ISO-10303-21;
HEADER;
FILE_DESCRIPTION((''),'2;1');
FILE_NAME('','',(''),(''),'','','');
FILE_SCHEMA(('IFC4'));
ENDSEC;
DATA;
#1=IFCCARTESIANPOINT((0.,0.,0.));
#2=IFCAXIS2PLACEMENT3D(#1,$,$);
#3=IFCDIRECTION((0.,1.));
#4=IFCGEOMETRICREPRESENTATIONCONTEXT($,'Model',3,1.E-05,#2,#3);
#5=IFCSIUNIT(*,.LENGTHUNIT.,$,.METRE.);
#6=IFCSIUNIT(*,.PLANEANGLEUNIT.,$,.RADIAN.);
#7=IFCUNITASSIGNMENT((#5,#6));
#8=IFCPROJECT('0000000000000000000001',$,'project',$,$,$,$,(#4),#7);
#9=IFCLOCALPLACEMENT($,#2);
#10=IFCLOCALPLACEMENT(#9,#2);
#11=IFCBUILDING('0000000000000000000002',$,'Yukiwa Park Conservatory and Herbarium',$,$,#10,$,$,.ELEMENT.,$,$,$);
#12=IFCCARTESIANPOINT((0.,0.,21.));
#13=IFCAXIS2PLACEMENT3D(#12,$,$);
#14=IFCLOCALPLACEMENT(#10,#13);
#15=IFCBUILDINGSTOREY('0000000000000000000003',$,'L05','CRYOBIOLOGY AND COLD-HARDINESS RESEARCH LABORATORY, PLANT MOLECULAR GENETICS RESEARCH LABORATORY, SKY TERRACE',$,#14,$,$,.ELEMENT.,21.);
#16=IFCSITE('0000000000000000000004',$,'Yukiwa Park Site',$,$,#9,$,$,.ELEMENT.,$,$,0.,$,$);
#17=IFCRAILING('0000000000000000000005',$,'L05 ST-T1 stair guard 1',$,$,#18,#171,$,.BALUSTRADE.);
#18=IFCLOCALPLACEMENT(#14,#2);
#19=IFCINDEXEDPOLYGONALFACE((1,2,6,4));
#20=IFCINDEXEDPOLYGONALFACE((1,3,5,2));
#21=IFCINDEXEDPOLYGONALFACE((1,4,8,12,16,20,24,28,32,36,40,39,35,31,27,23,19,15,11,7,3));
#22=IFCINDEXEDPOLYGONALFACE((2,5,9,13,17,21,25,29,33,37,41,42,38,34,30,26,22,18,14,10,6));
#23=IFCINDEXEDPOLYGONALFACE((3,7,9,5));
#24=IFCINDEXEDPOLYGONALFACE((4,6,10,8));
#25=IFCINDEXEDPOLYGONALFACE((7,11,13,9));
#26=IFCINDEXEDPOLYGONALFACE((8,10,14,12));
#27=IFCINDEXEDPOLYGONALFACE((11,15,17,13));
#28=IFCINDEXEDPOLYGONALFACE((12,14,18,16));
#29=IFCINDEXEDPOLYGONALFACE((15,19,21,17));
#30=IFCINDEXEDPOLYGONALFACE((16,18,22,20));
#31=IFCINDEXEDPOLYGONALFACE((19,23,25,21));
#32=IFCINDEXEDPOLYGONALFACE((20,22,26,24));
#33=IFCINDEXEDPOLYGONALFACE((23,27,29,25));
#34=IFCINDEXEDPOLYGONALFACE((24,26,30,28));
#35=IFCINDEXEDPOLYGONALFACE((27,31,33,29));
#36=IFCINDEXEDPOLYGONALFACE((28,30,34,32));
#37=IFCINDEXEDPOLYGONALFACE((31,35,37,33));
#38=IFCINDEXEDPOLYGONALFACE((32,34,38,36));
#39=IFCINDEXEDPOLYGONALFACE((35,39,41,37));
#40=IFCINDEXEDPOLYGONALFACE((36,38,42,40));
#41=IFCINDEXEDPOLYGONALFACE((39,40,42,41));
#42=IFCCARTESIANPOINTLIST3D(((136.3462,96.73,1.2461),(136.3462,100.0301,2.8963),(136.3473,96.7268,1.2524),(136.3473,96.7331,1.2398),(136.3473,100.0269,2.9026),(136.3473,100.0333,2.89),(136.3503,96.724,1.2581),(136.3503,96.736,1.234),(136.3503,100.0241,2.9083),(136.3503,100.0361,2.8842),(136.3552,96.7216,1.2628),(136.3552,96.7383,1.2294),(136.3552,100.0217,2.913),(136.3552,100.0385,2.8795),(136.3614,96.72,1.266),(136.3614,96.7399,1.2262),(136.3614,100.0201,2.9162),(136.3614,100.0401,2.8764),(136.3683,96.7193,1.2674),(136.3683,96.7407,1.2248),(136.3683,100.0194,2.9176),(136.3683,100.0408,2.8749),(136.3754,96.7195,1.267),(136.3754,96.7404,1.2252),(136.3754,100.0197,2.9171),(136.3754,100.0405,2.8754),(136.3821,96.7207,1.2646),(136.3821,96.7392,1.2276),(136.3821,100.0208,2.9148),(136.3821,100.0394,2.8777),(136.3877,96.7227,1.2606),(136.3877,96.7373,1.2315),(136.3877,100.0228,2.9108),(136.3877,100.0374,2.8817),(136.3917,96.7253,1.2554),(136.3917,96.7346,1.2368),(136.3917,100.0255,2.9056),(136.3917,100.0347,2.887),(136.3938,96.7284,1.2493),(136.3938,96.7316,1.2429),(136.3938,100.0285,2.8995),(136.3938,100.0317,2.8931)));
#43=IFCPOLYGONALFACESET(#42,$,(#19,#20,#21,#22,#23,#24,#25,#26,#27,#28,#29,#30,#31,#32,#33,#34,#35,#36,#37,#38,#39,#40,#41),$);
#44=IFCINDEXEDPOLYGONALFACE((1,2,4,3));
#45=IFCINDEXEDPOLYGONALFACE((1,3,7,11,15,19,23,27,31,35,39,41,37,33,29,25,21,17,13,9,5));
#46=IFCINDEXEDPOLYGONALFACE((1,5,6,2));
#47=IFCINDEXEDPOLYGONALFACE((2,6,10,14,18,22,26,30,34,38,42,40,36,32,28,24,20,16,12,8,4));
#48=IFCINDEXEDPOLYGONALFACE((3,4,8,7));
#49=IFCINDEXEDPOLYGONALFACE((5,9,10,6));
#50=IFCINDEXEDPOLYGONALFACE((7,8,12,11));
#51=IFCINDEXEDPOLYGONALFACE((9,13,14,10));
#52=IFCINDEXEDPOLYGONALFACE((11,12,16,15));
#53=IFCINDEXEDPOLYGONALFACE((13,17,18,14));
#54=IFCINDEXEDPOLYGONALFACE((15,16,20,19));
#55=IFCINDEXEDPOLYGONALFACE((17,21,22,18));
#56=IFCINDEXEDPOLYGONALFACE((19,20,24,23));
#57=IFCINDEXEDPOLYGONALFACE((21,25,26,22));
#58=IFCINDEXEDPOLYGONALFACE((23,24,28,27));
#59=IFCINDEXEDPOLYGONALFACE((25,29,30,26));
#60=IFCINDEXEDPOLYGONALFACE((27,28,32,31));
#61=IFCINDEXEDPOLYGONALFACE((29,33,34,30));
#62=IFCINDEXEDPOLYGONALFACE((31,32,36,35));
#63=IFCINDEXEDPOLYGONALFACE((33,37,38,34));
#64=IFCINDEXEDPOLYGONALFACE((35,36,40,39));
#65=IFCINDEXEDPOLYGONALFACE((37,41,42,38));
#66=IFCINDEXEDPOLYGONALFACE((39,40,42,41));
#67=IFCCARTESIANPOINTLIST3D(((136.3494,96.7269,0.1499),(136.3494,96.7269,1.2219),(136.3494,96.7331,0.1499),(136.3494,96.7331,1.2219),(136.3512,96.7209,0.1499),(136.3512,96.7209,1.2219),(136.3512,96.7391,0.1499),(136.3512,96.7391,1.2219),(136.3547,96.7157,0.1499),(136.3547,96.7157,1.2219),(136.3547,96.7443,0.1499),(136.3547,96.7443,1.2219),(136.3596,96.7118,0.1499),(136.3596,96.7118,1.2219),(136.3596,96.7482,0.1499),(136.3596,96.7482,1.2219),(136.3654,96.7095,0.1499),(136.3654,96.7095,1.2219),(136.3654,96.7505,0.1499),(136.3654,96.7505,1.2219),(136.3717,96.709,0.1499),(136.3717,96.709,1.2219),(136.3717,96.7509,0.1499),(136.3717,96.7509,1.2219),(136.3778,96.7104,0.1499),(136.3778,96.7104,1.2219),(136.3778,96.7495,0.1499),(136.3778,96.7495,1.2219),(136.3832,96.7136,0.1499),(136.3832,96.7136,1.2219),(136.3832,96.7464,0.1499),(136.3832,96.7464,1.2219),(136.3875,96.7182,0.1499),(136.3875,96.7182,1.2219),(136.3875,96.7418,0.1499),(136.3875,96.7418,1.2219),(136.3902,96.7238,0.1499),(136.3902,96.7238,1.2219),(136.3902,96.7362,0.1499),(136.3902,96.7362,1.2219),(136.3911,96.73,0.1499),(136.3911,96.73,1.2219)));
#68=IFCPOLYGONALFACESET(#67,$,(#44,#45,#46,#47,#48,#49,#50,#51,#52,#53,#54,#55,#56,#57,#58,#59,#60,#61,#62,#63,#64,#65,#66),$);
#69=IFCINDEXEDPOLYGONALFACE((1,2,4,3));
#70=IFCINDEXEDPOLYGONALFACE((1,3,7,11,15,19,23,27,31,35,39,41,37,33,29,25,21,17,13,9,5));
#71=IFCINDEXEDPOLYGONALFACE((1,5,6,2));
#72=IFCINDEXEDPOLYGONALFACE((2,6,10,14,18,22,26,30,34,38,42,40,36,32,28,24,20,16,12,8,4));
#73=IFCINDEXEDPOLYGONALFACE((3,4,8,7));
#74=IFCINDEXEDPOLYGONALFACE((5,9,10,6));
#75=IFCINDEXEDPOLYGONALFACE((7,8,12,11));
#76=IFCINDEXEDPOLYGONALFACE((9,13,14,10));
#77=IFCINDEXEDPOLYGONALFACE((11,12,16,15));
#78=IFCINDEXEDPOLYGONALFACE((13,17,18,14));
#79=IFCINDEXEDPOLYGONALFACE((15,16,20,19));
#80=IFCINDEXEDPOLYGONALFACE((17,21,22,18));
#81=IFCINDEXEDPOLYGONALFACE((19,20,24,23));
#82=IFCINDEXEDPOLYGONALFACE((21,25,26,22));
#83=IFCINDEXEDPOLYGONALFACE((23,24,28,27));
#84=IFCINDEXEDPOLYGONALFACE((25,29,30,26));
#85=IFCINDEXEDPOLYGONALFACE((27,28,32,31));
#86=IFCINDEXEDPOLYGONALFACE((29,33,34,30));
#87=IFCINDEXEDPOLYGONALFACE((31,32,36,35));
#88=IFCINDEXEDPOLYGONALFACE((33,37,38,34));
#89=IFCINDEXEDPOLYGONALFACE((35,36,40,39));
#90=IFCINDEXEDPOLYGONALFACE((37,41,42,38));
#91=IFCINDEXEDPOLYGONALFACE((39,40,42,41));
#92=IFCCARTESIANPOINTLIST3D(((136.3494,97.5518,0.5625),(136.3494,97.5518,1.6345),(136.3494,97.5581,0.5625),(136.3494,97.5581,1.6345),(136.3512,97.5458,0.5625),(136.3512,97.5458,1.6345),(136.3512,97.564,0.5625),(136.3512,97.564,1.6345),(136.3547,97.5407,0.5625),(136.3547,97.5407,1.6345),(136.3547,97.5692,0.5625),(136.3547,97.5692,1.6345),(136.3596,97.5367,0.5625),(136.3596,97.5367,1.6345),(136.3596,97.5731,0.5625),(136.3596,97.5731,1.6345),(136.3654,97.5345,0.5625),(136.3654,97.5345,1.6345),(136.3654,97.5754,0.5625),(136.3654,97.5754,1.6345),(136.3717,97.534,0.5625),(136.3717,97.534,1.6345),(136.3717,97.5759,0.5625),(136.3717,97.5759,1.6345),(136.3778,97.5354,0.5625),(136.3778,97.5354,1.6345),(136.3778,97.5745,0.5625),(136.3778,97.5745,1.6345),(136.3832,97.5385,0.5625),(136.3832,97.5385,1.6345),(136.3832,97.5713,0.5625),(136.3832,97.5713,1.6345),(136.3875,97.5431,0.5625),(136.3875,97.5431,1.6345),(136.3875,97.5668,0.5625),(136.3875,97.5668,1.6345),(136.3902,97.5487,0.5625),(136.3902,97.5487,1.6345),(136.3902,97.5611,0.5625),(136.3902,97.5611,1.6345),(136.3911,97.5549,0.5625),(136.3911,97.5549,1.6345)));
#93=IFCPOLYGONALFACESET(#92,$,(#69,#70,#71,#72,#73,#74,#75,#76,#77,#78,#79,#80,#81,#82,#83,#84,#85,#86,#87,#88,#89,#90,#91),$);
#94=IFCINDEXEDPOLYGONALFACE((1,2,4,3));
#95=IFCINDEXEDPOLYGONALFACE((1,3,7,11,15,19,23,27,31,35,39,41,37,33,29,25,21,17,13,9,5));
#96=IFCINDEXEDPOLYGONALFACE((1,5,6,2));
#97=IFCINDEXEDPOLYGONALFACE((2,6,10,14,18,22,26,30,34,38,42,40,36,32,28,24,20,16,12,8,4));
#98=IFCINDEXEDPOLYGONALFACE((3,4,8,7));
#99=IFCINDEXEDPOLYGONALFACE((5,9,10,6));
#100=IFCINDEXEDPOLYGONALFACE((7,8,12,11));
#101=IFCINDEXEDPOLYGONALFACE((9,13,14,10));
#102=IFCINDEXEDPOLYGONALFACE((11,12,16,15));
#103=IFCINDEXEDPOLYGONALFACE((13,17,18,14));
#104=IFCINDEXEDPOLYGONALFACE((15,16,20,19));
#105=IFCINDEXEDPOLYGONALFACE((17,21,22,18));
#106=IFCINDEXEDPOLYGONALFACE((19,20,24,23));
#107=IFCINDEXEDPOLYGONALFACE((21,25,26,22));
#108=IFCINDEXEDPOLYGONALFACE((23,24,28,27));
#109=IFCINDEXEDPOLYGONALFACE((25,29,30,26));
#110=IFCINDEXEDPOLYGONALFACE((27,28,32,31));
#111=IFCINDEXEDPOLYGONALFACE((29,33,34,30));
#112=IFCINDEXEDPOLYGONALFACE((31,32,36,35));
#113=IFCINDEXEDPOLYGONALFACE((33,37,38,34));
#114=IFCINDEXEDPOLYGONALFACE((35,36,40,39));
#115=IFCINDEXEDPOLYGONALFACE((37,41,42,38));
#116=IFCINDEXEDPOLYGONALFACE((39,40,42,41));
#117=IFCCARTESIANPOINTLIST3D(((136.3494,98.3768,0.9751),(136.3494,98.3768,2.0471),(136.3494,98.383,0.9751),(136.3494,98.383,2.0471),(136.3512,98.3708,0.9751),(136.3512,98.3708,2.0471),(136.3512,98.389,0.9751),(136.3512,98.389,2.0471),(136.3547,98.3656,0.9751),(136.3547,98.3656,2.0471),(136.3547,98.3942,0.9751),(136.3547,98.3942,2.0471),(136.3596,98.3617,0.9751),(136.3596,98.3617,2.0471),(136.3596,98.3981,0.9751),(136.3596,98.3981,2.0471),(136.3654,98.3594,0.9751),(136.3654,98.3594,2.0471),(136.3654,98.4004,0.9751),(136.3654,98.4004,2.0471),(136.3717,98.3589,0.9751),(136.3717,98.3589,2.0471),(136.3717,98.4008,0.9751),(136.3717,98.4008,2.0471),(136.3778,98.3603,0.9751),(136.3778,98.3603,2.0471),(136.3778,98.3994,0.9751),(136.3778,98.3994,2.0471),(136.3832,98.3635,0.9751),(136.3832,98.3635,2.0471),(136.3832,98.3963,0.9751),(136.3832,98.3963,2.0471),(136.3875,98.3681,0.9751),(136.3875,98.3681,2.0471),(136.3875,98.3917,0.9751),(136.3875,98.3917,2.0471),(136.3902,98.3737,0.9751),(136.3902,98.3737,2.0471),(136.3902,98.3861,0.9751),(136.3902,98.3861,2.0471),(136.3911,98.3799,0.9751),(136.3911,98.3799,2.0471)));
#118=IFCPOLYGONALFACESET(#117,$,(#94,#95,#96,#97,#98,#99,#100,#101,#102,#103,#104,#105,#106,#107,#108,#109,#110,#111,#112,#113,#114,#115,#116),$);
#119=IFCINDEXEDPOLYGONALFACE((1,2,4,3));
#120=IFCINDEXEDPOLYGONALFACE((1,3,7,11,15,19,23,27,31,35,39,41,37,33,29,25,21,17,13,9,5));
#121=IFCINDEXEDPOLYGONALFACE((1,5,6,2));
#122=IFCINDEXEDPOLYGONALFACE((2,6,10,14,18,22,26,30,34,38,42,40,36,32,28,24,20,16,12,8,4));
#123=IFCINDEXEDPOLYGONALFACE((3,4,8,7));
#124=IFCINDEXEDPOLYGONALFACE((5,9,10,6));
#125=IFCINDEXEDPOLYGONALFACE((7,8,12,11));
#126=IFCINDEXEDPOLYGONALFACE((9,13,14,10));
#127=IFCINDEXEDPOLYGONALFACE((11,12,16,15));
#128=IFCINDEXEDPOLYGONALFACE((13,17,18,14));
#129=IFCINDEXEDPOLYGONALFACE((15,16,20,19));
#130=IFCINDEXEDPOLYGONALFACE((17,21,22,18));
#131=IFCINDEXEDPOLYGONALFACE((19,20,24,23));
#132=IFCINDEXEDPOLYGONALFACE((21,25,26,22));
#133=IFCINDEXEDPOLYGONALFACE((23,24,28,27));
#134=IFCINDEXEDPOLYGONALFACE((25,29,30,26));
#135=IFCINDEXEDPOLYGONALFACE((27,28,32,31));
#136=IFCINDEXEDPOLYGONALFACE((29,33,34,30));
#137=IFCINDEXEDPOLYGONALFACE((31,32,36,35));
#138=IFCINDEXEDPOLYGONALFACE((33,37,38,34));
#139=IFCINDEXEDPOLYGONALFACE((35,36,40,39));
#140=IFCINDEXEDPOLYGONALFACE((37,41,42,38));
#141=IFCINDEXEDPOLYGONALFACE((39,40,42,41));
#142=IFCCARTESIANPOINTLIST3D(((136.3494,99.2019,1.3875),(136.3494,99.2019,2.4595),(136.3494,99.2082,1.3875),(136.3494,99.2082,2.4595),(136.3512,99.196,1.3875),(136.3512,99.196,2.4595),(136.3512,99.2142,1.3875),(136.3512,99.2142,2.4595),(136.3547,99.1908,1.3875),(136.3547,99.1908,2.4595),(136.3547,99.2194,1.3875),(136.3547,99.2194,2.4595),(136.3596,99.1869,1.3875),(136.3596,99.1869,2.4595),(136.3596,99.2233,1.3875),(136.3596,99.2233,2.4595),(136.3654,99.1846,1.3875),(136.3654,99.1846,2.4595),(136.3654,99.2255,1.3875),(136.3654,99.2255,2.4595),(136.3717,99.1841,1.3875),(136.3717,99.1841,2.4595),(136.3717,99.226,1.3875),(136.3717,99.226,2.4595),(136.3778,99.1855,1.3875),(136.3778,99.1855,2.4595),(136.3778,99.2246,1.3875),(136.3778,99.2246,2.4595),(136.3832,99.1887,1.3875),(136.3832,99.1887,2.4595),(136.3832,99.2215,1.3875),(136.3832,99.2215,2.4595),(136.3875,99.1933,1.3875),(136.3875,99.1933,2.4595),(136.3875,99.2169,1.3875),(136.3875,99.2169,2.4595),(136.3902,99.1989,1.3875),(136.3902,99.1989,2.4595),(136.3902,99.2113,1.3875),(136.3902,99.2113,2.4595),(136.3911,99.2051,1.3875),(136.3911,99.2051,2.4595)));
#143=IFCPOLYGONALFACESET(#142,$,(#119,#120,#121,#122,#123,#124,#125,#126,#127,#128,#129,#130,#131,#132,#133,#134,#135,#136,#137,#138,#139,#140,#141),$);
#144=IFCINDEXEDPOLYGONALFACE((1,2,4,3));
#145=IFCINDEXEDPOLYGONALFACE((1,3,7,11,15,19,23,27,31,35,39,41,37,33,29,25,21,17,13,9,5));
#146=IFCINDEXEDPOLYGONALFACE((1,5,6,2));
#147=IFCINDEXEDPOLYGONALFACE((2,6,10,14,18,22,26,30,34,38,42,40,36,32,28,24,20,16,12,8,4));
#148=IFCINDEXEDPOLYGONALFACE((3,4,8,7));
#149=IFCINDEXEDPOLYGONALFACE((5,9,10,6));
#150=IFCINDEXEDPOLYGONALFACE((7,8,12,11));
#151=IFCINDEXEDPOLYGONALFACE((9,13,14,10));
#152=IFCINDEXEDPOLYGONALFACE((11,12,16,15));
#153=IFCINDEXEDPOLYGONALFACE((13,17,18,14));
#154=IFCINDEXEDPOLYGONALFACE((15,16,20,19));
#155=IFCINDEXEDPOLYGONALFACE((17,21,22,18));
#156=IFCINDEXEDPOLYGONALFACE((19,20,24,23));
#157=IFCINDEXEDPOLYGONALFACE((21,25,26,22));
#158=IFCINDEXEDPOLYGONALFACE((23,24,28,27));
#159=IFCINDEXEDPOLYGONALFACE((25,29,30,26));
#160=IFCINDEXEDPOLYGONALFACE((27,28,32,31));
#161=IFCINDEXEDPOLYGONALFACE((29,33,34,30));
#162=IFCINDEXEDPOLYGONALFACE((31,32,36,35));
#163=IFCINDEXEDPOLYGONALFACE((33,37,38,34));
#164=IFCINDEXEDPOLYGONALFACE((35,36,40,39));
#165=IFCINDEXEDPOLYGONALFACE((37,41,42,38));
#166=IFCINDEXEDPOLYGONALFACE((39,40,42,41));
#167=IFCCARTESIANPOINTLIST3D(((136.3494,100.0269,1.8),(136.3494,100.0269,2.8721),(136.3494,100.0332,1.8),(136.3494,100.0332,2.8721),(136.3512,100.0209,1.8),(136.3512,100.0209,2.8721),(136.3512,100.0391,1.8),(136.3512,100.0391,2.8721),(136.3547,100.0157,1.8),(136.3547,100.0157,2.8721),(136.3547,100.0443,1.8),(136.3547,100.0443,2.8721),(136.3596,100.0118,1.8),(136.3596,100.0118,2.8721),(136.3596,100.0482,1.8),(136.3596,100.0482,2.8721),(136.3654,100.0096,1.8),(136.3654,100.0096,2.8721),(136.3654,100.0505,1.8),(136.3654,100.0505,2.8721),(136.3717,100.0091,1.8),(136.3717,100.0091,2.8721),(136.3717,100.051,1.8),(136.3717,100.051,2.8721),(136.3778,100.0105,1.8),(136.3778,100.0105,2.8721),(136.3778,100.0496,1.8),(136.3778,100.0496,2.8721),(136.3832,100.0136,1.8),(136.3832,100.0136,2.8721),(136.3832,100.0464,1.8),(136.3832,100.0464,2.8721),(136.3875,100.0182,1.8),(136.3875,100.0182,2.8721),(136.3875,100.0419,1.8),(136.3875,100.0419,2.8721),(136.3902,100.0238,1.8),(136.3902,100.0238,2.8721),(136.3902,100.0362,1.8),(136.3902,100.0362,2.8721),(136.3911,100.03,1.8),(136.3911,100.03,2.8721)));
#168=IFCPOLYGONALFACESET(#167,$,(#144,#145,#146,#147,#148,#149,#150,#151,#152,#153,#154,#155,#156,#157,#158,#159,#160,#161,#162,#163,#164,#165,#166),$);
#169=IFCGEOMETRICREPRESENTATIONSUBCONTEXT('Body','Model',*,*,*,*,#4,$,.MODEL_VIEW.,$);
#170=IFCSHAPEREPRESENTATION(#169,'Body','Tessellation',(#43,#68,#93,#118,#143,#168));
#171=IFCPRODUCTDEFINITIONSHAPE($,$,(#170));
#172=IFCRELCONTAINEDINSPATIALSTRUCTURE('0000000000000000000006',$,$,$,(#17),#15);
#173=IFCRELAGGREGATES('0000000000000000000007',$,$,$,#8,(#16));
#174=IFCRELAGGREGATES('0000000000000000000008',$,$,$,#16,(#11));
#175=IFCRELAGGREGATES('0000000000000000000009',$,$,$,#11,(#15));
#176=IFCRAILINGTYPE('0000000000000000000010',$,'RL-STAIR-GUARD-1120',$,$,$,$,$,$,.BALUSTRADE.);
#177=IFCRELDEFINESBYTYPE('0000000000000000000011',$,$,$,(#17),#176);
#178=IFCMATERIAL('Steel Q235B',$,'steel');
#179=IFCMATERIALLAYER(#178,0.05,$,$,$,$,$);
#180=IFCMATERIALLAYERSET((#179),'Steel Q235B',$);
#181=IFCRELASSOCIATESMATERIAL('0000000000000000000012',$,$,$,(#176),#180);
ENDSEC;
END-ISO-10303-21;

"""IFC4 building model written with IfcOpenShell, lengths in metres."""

from ifc_helpers import new_model, si_unit, direction, frame, origin, origin_2d, place, context, subcontext, project, spatial, circle, extrude, material, layer, layer_set, type_object, element, save


model = new_model("IFC4")

# Units and contexts
model_context = context("Model", 3, precision=1e-05, world=origin(), true_north=direction((0.0, 1.0)))
body_context = subcontext(model_context, "Body", "Model", "MODEL_VIEW")
ifc_project = project(units=[si_unit("LENGTHUNIT", "METRE"), si_unit("PLANEANGLEUNIT", "RADIAN")], contexts=[model_context])

# Site, building, storey
site_placement = place(None, origin())
site = spatial("IfcSite", under=ifc_project, at=site_placement, Name="Yukiwa Park Site", CompositionType="ELEMENT", RefElevation=0.0)
building_placement = place(site_placement, origin())
building = spatial("IfcBuilding", under=site, at=building_placement, Name="Yukiwa Park Conservatory and Herbarium", CompositionType="ELEMENT")
storey_placement = place(building_placement, frame((0.0, 0.0, 21.0)))
storey = spatial("IfcBuildingStorey", under=building, at=storey_placement, Name="L05", Description="CRYOBIOLOGY AND COLD-HARDINESS RESEARCH LABORATORY, PLANT MOLECULAR GENETICS RESEARCH LABORATORY, SKY TERRACE", CompositionType="ELEMENT", Elevation=21.0)

# Railing
ifc_material_1 = material(Name="Steel Q235B", Category="steel")
ifc_layer_1 = layer(ifc_material_1, 0.05)
ifc_layer_set_1 = layer_set([ifc_layer_1], Name="Steel Q235B")
railing_type_1 = type_object("IfcRailingType", Name="RL-STAIR-GUARD-1120", PredefinedType="BALUSTRADE", material=ifc_layer_set_1)
railing_1_placement = place(storey_placement, frame((136.3701, 96.73, 0.1499)))
element("IfcRailing", 1, at=railing_1_placement, inside=storey, type_object=railing_type_1, Name="L05 ST-T1 stair guard 1", PredefinedType="BALUSTRADE", context=body_context, shape_type="SweptSolid", body=[
    extrude(circle(Radius=0.0239, at=origin_2d()), frame((0.0, 0.0, 1.0962), z_axis=(0.0, 0.894414, 0.44724), x_axis=(-1.0, 0.0, 0.0)), (0.0, 0.0, 1.0), 3.6897),
    extrude(circle(Radius=0.021, at=origin_2d()), origin(), (0.0, 0.0, 1.0), 1.072),
    extrude(circle(Radius=0.021, at=origin_2d()), frame((0.0, 0.825, 0.4126)), (0.0, 0.0, 1.0), 1.072),
    extrude(circle(Radius=0.021, at=origin_2d()), frame((0.0, 1.6499, 0.8252)), (0.0, 0.0, 1.0), 1.072),
    extrude(circle(Radius=0.021, at=origin_2d()), frame((0.0, 2.4751, 1.2375)), (0.0, 0.0, 1.0), 1.072),
    extrude(circle(Radius=0.021, at=origin_2d()), frame((0.0, 3.3, 1.6501)), (0.0, 0.0, 1.0), 1.072),
])

save(model, "model.ifc")
